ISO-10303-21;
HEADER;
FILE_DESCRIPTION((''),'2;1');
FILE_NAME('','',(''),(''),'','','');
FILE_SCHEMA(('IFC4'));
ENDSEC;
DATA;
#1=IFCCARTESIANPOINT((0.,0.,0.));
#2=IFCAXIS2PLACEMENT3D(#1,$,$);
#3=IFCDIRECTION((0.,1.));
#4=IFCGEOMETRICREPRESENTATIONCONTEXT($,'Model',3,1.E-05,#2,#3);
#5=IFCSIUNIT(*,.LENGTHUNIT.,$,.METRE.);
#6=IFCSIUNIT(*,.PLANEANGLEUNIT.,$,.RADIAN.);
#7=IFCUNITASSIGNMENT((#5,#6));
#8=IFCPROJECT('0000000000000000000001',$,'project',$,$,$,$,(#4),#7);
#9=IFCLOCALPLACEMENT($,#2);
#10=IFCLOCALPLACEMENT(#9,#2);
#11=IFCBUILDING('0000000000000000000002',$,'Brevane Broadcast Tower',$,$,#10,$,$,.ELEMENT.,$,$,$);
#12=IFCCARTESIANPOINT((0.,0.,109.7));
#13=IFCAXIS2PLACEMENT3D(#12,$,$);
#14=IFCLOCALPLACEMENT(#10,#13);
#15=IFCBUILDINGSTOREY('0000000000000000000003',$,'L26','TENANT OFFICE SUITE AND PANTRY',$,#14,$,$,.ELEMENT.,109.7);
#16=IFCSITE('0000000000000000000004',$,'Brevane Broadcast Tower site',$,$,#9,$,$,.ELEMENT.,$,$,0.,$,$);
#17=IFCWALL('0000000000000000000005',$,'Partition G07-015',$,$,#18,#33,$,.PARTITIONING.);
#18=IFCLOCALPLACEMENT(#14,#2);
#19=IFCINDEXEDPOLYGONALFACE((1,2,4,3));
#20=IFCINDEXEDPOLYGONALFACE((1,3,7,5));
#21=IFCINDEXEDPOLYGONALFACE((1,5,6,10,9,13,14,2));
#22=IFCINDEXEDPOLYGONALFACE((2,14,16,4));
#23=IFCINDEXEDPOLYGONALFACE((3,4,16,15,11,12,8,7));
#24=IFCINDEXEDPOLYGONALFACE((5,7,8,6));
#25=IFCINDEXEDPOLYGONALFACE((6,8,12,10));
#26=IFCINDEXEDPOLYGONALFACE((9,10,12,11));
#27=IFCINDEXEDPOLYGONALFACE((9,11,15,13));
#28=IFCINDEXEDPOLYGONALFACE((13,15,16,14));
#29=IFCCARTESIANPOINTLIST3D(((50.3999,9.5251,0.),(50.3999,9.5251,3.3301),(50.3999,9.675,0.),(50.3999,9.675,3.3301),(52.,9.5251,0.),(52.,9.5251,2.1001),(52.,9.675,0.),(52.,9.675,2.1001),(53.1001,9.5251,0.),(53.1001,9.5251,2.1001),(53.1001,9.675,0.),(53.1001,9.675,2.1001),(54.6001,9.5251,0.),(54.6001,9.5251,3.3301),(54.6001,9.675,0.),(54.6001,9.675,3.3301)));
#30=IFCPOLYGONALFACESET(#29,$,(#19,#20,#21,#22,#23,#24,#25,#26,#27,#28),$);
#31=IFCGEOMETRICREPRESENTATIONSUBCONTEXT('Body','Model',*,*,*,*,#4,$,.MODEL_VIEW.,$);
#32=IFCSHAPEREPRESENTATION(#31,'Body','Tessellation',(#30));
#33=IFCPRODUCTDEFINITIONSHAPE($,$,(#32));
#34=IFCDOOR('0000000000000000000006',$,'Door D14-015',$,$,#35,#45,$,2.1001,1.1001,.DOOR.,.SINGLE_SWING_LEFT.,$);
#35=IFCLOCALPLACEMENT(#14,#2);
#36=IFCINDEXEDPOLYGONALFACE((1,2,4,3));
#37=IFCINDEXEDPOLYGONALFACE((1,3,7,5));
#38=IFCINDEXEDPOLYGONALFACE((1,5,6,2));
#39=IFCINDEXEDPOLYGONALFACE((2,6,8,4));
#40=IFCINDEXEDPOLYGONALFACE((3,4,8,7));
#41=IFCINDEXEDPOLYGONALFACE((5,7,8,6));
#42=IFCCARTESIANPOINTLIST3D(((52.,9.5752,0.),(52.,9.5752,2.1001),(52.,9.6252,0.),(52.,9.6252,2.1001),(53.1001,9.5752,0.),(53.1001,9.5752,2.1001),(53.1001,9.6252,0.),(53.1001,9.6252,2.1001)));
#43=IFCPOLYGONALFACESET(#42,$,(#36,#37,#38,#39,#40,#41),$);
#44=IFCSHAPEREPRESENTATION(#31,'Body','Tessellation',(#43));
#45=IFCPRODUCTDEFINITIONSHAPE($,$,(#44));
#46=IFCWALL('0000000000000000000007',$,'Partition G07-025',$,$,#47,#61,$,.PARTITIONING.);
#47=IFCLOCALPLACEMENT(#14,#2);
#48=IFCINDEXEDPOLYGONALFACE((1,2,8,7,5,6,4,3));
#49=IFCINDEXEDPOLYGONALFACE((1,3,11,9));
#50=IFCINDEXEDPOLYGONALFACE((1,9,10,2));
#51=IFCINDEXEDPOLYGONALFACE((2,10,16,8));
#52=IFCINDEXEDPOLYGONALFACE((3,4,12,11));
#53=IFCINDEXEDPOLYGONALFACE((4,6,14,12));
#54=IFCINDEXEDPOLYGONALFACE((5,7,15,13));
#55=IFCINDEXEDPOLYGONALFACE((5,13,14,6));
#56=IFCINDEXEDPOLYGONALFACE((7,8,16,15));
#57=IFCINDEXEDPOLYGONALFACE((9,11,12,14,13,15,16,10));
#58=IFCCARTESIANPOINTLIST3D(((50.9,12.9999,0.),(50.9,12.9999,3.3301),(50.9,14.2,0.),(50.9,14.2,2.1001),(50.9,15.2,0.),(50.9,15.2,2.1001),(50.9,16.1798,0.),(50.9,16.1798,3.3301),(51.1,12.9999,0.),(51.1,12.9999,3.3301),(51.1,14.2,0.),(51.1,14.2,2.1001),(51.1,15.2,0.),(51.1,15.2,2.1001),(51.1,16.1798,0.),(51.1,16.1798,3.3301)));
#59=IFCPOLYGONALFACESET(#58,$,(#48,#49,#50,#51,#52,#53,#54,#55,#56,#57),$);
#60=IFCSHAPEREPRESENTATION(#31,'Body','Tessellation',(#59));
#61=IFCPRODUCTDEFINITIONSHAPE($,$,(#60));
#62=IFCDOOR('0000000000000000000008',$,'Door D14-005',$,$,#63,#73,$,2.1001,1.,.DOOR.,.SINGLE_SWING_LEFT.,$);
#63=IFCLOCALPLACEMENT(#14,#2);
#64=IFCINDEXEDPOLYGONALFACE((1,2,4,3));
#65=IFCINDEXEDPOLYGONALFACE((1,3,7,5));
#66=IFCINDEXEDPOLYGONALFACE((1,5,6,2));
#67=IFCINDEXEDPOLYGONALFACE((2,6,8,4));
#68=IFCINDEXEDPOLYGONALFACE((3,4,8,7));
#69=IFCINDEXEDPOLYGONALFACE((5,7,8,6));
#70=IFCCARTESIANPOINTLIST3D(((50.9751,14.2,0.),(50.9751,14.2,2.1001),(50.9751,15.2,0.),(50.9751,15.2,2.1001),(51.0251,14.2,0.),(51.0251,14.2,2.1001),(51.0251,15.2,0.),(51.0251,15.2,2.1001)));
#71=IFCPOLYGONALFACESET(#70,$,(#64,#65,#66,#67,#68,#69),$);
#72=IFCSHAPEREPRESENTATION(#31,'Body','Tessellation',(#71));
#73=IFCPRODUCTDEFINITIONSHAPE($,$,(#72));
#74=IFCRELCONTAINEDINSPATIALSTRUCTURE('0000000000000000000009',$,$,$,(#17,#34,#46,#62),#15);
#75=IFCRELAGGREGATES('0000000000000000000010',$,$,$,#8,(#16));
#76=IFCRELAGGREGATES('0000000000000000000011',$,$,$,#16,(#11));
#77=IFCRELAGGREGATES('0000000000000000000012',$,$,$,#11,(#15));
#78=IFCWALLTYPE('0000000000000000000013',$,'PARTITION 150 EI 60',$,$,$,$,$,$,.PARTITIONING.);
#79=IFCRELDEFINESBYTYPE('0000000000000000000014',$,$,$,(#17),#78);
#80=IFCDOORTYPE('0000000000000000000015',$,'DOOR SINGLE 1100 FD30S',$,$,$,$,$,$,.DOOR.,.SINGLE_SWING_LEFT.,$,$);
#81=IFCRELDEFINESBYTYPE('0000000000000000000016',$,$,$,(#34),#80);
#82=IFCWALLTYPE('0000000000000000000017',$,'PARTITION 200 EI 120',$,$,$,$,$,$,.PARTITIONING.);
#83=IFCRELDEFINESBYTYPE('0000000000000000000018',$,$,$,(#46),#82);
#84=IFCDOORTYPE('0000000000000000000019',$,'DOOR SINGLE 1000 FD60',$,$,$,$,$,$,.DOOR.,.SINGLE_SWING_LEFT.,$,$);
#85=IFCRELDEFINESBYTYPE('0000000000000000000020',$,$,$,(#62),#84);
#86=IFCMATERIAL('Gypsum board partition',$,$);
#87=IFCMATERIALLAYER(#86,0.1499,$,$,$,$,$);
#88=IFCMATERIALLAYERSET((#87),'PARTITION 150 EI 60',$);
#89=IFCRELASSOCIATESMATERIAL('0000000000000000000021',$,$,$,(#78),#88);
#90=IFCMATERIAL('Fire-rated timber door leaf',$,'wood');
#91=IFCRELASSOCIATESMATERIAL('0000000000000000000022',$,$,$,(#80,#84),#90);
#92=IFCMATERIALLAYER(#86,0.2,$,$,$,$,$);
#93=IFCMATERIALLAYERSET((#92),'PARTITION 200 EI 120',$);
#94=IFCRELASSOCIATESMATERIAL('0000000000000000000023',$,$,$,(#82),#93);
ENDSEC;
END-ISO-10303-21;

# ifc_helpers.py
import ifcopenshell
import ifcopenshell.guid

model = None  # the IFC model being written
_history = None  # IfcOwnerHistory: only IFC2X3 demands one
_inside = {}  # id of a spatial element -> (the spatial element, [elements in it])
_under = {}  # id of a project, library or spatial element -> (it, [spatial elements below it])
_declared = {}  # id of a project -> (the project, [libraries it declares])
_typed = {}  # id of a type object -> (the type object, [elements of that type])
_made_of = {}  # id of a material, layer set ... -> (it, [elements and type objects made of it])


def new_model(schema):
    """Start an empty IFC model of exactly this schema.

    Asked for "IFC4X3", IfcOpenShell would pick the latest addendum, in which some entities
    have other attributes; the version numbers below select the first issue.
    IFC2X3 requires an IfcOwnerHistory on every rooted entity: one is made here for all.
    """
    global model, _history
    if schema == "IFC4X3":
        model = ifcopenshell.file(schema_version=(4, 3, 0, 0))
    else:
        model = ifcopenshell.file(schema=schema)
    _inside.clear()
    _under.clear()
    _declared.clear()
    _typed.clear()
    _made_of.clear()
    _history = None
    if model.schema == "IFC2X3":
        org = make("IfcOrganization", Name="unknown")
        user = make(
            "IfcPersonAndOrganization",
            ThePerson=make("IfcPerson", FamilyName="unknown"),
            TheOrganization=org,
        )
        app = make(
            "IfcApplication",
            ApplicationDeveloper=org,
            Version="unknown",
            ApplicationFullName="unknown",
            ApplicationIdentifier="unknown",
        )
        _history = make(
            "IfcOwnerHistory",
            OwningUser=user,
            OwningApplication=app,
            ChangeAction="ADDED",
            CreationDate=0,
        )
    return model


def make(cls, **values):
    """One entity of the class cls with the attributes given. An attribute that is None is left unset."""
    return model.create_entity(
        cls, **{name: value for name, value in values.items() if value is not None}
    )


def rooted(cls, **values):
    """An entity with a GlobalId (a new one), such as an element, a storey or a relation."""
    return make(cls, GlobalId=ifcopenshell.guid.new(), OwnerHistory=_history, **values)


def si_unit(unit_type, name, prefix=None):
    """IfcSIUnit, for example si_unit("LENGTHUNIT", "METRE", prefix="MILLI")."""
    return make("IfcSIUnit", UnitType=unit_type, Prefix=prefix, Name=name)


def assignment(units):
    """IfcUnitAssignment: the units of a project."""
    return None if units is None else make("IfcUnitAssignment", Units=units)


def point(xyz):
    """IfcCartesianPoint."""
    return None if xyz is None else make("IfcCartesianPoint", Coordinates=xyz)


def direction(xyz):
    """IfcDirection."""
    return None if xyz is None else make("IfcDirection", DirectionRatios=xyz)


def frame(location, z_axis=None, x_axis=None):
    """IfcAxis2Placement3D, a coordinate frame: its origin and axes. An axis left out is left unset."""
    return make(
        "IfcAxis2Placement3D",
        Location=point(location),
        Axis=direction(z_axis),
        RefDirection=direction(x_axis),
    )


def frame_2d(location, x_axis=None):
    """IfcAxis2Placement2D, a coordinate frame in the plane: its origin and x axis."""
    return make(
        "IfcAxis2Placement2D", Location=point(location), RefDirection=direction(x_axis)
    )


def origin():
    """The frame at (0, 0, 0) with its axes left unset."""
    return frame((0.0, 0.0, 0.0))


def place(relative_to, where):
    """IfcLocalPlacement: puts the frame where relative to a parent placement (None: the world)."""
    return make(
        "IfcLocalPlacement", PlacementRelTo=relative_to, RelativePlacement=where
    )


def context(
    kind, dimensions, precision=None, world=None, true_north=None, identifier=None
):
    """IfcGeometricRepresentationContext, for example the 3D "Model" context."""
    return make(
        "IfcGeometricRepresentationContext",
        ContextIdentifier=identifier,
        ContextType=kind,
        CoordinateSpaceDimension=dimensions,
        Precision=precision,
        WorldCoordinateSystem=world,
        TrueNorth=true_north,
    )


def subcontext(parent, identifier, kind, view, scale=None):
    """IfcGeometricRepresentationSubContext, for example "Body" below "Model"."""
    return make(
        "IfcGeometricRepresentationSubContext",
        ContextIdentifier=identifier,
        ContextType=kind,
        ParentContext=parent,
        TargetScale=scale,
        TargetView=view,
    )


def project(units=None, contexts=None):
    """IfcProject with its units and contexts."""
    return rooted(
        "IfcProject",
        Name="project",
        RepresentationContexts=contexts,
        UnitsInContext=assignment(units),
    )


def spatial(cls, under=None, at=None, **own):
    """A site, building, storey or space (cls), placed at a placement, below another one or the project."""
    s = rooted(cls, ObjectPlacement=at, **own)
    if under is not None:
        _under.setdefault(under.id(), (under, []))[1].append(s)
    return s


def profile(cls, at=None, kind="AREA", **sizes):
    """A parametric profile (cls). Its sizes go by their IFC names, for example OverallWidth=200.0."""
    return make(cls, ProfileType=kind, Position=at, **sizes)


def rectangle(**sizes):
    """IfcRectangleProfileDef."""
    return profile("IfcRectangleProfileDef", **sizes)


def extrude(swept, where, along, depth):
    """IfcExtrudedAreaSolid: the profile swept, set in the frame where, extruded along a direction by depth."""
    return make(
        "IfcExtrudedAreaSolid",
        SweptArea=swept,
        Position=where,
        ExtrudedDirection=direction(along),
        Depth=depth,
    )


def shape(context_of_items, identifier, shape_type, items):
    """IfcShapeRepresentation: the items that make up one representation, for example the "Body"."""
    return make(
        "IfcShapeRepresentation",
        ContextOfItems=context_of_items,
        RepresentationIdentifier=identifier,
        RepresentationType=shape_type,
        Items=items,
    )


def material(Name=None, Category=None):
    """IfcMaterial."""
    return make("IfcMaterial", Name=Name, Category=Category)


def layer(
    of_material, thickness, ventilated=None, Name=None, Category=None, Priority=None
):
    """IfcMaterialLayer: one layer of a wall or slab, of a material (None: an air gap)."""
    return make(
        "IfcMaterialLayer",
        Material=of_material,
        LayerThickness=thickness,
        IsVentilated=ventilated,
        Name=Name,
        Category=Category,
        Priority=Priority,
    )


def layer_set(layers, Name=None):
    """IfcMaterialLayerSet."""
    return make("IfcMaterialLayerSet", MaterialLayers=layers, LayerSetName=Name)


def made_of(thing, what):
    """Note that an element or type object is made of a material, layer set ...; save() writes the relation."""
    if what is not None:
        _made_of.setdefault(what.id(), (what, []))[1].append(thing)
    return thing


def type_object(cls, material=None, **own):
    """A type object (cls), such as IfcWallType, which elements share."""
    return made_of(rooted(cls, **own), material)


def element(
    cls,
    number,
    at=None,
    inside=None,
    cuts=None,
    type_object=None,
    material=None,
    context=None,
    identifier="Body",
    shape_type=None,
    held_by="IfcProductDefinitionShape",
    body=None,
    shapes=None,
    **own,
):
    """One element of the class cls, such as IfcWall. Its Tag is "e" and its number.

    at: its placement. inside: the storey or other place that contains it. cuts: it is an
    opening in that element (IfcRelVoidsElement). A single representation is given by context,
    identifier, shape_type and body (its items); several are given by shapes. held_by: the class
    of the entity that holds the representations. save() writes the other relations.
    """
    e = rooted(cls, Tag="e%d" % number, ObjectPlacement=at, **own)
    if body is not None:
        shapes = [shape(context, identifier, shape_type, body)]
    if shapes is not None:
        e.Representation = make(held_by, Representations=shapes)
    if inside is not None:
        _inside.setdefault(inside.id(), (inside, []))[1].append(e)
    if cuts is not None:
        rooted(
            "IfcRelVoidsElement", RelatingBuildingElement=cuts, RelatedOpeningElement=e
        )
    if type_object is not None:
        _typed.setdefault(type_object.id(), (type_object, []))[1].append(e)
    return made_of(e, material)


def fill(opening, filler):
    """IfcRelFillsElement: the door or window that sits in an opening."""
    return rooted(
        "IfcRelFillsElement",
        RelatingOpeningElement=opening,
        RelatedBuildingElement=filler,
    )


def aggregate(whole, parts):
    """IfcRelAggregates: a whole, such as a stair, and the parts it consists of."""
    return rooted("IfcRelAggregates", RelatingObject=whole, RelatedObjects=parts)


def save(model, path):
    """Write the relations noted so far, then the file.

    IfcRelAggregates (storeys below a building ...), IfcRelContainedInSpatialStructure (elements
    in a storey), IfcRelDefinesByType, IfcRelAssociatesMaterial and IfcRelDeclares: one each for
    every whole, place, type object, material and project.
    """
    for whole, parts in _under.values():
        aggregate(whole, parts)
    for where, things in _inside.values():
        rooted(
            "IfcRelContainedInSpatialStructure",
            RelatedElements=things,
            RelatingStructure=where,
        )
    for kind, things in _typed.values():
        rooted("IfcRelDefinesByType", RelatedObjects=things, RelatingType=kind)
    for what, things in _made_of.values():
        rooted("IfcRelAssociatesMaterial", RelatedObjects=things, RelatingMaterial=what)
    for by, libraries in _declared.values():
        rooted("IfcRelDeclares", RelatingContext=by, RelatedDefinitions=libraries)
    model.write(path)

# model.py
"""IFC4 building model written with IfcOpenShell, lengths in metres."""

from ifc_helpers import new_model, si_unit, direction, frame, frame_2d, origin, place, context, subcontext, project, spatial, rectangle, extrude, material, layer, layer_set, type_object, element, fill, save


model = new_model("IFC4")

# Units and contexts
model_context = context("Model", 3, precision=1e-05, world=origin(), true_north=direction((0.0, 1.0)))
body_context = subcontext(model_context, "Body", "Model", "MODEL_VIEW")
ifc_project = project(units=[si_unit("LENGTHUNIT", "METRE"), si_unit("PLANEANGLEUNIT", "RADIAN")], contexts=[model_context])

# Site, building, storey
site_placement = place(None, origin())
site = spatial("IfcSite", under=ifc_project, at=site_placement, Name="Brevane Broadcast Tower site", CompositionType="ELEMENT", RefElevation=0.0)
building_placement = place(site_placement, origin())
building = spatial("IfcBuilding", under=site, at=building_placement, Name="Brevane Broadcast Tower", CompositionType="ELEMENT")
storey_placement = place(building_placement, frame((0.0, 0.0, 109.7)))
storey = spatial("IfcBuildingStorey", under=building, at=storey_placement, Name="L26", Description="TENANT OFFICE SUITE AND PANTRY", CompositionType="ELEMENT", Elevation=109.7)

# Shared definitions
ifc_material_1 = material(Name="Gypsum board partition")
ifc_layer_1 = layer(ifc_material_1, 0.1499)
ifc_layer_set_1 = layer_set([ifc_layer_1], Name="PARTITION 150 EI 60")
wall_type_1 = type_object("IfcWallType", Name="PARTITION 150 EI 60", PredefinedType="PARTITIONING", material=ifc_layer_set_1)

# Walls, openings, doors
ifc_material_2 = material(Name="Fire-rated timber door leaf", Category="wood")
door_type_1 = type_object("IfcDoorType", Name="DOOR SINGLE 1100 FD30S", OperationType="SINGLE_SWING_LEFT", PredefinedType="DOOR", material=ifc_material_2)
wall_1_placement = place(storey_placement, frame((54.6001, 9.6001, 0.0), z_axis=(0.0, 0.0, 1.0), x_axis=(-1.0, 0.0, 0.0)))
wall_1 = element("IfcWall", 1, at=wall_1_placement, inside=storey, type_object=wall_type_1, Name="Partition G07-015", PredefinedType="PARTITIONING", context=body_context, shape_type="SweptSolid", body=[
    extrude(rectangle(XDim=4.2002, YDim=0.1499, at=frame_2d((2.1001, 0.0))), origin(), (0.0, 0.0, 1.0), 3.3301),
])
opening_1_placement = place(wall_1_placement, frame((1.5, 0.0, 0.0)))
opening_1 = element("IfcOpeningElement", 2, at=opening_1_placement, cuts=wall_1, PredefinedType="OPENING", context=body_context, shape_type="SweptSolid", body=[
    extrude(rectangle(XDim=1.1001, YDim=2.1001, at=frame_2d((0.55, 1.05))), frame((0.0, 0.085, 0.0), z_axis=(0.0, -1.0, 0.0), x_axis=(1.0, 0.0, 0.0)), (0.0, 0.0, 1.0), 0.1699),
])
door_1_placement = place(opening_1_placement, origin())
door_1 = element("IfcDoor", 3, at=door_1_placement, inside=storey, type_object=door_type_1, Name="Door D14-015", OperationType="SINGLE_SWING_LEFT", OverallHeight=2.1001, OverallWidth=1.1001, PredefinedType="DOOR", context=body_context, shape_type="SweptSolid", body=[
    extrude(rectangle(XDim=1.1001, YDim=2.1001, at=frame_2d((0.55, 1.05))), frame((0.0, 0.0249, 0.0), z_axis=(0.0, -1.0, 0.0), x_axis=(1.0, 0.0, 0.0)), (0.0, 0.0, 1.0), 0.05),
])
fill(opening_1, door_1)
ifc_layer_2 = layer(ifc_material_1, 0.2)
ifc_layer_set_2 = layer_set([ifc_layer_2], Name="PARTITION 200 EI 120")
wall_type_2 = type_object("IfcWallType", Name="PARTITION 200 EI 120", PredefinedType="PARTITIONING", material=ifc_layer_set_2)
wall_2_placement = place(storey_placement, frame((51.0, 13.0, 0.0), z_axis=(0.0, 0.0, 1.0), x_axis=(0.0, 1.0, 0.0)))
wall_2 = element("IfcWall", 4, at=wall_2_placement, inside=storey, type_object=wall_type_2, Name="Partition G07-025", PredefinedType="PARTITIONING", context=body_context, shape_type="SweptSolid", body=[
    extrude(rectangle(XDim=3.1799, YDim=0.2, at=frame_2d((1.5898, 0.0))), origin(), (0.0, 0.0, 1.0), 3.3301),
])
opening_2_placement = place(wall_2_placement, frame((1.2, 0.0, 0.0)))
opening_2 = element("IfcOpeningElement", 5, at=opening_2_placement, cuts=wall_2, PredefinedType="OPENING", context=body_context, shape_type="SweptSolid", body=[
    extrude(rectangle(XDim=1.0, YDim=2.1001, at=frame_2d((0.5, 1.05))), frame((0.0, 0.1099, 0.0), z_axis=(0.0, -1.0, 0.0), x_axis=(1.0, 0.0, 0.0)), (0.0, 0.0, 1.0), 0.22),
])
door_type_2 = type_object("IfcDoorType", Name="DOOR SINGLE 1000 FD60", OperationType="SINGLE_SWING_LEFT", PredefinedType="DOOR", material=ifc_material_2)
door_2_placement = place(opening_2_placement, origin())
door_2 = element("IfcDoor", 6, at=door_2_placement, inside=storey, type_object=door_type_2, Name="Door D14-005", OperationType="SINGLE_SWING_LEFT", OverallHeight=2.1001, OverallWidth=1.0, PredefinedType="DOOR", context=body_context, shape_type="SweptSolid", body=[
    extrude(rectangle(XDim=1.0, YDim=2.1001, at=frame_2d((0.5, 1.05))), frame((0.0, 0.0249, 0.0), z_axis=(0.0, -1.0, 0.0), x_axis=(1.0, 0.0, 0.0)), (0.0, 0.0, 1.0), 0.05),
])
fill(opening_2, door_2)

save(model, "model.ifc")
